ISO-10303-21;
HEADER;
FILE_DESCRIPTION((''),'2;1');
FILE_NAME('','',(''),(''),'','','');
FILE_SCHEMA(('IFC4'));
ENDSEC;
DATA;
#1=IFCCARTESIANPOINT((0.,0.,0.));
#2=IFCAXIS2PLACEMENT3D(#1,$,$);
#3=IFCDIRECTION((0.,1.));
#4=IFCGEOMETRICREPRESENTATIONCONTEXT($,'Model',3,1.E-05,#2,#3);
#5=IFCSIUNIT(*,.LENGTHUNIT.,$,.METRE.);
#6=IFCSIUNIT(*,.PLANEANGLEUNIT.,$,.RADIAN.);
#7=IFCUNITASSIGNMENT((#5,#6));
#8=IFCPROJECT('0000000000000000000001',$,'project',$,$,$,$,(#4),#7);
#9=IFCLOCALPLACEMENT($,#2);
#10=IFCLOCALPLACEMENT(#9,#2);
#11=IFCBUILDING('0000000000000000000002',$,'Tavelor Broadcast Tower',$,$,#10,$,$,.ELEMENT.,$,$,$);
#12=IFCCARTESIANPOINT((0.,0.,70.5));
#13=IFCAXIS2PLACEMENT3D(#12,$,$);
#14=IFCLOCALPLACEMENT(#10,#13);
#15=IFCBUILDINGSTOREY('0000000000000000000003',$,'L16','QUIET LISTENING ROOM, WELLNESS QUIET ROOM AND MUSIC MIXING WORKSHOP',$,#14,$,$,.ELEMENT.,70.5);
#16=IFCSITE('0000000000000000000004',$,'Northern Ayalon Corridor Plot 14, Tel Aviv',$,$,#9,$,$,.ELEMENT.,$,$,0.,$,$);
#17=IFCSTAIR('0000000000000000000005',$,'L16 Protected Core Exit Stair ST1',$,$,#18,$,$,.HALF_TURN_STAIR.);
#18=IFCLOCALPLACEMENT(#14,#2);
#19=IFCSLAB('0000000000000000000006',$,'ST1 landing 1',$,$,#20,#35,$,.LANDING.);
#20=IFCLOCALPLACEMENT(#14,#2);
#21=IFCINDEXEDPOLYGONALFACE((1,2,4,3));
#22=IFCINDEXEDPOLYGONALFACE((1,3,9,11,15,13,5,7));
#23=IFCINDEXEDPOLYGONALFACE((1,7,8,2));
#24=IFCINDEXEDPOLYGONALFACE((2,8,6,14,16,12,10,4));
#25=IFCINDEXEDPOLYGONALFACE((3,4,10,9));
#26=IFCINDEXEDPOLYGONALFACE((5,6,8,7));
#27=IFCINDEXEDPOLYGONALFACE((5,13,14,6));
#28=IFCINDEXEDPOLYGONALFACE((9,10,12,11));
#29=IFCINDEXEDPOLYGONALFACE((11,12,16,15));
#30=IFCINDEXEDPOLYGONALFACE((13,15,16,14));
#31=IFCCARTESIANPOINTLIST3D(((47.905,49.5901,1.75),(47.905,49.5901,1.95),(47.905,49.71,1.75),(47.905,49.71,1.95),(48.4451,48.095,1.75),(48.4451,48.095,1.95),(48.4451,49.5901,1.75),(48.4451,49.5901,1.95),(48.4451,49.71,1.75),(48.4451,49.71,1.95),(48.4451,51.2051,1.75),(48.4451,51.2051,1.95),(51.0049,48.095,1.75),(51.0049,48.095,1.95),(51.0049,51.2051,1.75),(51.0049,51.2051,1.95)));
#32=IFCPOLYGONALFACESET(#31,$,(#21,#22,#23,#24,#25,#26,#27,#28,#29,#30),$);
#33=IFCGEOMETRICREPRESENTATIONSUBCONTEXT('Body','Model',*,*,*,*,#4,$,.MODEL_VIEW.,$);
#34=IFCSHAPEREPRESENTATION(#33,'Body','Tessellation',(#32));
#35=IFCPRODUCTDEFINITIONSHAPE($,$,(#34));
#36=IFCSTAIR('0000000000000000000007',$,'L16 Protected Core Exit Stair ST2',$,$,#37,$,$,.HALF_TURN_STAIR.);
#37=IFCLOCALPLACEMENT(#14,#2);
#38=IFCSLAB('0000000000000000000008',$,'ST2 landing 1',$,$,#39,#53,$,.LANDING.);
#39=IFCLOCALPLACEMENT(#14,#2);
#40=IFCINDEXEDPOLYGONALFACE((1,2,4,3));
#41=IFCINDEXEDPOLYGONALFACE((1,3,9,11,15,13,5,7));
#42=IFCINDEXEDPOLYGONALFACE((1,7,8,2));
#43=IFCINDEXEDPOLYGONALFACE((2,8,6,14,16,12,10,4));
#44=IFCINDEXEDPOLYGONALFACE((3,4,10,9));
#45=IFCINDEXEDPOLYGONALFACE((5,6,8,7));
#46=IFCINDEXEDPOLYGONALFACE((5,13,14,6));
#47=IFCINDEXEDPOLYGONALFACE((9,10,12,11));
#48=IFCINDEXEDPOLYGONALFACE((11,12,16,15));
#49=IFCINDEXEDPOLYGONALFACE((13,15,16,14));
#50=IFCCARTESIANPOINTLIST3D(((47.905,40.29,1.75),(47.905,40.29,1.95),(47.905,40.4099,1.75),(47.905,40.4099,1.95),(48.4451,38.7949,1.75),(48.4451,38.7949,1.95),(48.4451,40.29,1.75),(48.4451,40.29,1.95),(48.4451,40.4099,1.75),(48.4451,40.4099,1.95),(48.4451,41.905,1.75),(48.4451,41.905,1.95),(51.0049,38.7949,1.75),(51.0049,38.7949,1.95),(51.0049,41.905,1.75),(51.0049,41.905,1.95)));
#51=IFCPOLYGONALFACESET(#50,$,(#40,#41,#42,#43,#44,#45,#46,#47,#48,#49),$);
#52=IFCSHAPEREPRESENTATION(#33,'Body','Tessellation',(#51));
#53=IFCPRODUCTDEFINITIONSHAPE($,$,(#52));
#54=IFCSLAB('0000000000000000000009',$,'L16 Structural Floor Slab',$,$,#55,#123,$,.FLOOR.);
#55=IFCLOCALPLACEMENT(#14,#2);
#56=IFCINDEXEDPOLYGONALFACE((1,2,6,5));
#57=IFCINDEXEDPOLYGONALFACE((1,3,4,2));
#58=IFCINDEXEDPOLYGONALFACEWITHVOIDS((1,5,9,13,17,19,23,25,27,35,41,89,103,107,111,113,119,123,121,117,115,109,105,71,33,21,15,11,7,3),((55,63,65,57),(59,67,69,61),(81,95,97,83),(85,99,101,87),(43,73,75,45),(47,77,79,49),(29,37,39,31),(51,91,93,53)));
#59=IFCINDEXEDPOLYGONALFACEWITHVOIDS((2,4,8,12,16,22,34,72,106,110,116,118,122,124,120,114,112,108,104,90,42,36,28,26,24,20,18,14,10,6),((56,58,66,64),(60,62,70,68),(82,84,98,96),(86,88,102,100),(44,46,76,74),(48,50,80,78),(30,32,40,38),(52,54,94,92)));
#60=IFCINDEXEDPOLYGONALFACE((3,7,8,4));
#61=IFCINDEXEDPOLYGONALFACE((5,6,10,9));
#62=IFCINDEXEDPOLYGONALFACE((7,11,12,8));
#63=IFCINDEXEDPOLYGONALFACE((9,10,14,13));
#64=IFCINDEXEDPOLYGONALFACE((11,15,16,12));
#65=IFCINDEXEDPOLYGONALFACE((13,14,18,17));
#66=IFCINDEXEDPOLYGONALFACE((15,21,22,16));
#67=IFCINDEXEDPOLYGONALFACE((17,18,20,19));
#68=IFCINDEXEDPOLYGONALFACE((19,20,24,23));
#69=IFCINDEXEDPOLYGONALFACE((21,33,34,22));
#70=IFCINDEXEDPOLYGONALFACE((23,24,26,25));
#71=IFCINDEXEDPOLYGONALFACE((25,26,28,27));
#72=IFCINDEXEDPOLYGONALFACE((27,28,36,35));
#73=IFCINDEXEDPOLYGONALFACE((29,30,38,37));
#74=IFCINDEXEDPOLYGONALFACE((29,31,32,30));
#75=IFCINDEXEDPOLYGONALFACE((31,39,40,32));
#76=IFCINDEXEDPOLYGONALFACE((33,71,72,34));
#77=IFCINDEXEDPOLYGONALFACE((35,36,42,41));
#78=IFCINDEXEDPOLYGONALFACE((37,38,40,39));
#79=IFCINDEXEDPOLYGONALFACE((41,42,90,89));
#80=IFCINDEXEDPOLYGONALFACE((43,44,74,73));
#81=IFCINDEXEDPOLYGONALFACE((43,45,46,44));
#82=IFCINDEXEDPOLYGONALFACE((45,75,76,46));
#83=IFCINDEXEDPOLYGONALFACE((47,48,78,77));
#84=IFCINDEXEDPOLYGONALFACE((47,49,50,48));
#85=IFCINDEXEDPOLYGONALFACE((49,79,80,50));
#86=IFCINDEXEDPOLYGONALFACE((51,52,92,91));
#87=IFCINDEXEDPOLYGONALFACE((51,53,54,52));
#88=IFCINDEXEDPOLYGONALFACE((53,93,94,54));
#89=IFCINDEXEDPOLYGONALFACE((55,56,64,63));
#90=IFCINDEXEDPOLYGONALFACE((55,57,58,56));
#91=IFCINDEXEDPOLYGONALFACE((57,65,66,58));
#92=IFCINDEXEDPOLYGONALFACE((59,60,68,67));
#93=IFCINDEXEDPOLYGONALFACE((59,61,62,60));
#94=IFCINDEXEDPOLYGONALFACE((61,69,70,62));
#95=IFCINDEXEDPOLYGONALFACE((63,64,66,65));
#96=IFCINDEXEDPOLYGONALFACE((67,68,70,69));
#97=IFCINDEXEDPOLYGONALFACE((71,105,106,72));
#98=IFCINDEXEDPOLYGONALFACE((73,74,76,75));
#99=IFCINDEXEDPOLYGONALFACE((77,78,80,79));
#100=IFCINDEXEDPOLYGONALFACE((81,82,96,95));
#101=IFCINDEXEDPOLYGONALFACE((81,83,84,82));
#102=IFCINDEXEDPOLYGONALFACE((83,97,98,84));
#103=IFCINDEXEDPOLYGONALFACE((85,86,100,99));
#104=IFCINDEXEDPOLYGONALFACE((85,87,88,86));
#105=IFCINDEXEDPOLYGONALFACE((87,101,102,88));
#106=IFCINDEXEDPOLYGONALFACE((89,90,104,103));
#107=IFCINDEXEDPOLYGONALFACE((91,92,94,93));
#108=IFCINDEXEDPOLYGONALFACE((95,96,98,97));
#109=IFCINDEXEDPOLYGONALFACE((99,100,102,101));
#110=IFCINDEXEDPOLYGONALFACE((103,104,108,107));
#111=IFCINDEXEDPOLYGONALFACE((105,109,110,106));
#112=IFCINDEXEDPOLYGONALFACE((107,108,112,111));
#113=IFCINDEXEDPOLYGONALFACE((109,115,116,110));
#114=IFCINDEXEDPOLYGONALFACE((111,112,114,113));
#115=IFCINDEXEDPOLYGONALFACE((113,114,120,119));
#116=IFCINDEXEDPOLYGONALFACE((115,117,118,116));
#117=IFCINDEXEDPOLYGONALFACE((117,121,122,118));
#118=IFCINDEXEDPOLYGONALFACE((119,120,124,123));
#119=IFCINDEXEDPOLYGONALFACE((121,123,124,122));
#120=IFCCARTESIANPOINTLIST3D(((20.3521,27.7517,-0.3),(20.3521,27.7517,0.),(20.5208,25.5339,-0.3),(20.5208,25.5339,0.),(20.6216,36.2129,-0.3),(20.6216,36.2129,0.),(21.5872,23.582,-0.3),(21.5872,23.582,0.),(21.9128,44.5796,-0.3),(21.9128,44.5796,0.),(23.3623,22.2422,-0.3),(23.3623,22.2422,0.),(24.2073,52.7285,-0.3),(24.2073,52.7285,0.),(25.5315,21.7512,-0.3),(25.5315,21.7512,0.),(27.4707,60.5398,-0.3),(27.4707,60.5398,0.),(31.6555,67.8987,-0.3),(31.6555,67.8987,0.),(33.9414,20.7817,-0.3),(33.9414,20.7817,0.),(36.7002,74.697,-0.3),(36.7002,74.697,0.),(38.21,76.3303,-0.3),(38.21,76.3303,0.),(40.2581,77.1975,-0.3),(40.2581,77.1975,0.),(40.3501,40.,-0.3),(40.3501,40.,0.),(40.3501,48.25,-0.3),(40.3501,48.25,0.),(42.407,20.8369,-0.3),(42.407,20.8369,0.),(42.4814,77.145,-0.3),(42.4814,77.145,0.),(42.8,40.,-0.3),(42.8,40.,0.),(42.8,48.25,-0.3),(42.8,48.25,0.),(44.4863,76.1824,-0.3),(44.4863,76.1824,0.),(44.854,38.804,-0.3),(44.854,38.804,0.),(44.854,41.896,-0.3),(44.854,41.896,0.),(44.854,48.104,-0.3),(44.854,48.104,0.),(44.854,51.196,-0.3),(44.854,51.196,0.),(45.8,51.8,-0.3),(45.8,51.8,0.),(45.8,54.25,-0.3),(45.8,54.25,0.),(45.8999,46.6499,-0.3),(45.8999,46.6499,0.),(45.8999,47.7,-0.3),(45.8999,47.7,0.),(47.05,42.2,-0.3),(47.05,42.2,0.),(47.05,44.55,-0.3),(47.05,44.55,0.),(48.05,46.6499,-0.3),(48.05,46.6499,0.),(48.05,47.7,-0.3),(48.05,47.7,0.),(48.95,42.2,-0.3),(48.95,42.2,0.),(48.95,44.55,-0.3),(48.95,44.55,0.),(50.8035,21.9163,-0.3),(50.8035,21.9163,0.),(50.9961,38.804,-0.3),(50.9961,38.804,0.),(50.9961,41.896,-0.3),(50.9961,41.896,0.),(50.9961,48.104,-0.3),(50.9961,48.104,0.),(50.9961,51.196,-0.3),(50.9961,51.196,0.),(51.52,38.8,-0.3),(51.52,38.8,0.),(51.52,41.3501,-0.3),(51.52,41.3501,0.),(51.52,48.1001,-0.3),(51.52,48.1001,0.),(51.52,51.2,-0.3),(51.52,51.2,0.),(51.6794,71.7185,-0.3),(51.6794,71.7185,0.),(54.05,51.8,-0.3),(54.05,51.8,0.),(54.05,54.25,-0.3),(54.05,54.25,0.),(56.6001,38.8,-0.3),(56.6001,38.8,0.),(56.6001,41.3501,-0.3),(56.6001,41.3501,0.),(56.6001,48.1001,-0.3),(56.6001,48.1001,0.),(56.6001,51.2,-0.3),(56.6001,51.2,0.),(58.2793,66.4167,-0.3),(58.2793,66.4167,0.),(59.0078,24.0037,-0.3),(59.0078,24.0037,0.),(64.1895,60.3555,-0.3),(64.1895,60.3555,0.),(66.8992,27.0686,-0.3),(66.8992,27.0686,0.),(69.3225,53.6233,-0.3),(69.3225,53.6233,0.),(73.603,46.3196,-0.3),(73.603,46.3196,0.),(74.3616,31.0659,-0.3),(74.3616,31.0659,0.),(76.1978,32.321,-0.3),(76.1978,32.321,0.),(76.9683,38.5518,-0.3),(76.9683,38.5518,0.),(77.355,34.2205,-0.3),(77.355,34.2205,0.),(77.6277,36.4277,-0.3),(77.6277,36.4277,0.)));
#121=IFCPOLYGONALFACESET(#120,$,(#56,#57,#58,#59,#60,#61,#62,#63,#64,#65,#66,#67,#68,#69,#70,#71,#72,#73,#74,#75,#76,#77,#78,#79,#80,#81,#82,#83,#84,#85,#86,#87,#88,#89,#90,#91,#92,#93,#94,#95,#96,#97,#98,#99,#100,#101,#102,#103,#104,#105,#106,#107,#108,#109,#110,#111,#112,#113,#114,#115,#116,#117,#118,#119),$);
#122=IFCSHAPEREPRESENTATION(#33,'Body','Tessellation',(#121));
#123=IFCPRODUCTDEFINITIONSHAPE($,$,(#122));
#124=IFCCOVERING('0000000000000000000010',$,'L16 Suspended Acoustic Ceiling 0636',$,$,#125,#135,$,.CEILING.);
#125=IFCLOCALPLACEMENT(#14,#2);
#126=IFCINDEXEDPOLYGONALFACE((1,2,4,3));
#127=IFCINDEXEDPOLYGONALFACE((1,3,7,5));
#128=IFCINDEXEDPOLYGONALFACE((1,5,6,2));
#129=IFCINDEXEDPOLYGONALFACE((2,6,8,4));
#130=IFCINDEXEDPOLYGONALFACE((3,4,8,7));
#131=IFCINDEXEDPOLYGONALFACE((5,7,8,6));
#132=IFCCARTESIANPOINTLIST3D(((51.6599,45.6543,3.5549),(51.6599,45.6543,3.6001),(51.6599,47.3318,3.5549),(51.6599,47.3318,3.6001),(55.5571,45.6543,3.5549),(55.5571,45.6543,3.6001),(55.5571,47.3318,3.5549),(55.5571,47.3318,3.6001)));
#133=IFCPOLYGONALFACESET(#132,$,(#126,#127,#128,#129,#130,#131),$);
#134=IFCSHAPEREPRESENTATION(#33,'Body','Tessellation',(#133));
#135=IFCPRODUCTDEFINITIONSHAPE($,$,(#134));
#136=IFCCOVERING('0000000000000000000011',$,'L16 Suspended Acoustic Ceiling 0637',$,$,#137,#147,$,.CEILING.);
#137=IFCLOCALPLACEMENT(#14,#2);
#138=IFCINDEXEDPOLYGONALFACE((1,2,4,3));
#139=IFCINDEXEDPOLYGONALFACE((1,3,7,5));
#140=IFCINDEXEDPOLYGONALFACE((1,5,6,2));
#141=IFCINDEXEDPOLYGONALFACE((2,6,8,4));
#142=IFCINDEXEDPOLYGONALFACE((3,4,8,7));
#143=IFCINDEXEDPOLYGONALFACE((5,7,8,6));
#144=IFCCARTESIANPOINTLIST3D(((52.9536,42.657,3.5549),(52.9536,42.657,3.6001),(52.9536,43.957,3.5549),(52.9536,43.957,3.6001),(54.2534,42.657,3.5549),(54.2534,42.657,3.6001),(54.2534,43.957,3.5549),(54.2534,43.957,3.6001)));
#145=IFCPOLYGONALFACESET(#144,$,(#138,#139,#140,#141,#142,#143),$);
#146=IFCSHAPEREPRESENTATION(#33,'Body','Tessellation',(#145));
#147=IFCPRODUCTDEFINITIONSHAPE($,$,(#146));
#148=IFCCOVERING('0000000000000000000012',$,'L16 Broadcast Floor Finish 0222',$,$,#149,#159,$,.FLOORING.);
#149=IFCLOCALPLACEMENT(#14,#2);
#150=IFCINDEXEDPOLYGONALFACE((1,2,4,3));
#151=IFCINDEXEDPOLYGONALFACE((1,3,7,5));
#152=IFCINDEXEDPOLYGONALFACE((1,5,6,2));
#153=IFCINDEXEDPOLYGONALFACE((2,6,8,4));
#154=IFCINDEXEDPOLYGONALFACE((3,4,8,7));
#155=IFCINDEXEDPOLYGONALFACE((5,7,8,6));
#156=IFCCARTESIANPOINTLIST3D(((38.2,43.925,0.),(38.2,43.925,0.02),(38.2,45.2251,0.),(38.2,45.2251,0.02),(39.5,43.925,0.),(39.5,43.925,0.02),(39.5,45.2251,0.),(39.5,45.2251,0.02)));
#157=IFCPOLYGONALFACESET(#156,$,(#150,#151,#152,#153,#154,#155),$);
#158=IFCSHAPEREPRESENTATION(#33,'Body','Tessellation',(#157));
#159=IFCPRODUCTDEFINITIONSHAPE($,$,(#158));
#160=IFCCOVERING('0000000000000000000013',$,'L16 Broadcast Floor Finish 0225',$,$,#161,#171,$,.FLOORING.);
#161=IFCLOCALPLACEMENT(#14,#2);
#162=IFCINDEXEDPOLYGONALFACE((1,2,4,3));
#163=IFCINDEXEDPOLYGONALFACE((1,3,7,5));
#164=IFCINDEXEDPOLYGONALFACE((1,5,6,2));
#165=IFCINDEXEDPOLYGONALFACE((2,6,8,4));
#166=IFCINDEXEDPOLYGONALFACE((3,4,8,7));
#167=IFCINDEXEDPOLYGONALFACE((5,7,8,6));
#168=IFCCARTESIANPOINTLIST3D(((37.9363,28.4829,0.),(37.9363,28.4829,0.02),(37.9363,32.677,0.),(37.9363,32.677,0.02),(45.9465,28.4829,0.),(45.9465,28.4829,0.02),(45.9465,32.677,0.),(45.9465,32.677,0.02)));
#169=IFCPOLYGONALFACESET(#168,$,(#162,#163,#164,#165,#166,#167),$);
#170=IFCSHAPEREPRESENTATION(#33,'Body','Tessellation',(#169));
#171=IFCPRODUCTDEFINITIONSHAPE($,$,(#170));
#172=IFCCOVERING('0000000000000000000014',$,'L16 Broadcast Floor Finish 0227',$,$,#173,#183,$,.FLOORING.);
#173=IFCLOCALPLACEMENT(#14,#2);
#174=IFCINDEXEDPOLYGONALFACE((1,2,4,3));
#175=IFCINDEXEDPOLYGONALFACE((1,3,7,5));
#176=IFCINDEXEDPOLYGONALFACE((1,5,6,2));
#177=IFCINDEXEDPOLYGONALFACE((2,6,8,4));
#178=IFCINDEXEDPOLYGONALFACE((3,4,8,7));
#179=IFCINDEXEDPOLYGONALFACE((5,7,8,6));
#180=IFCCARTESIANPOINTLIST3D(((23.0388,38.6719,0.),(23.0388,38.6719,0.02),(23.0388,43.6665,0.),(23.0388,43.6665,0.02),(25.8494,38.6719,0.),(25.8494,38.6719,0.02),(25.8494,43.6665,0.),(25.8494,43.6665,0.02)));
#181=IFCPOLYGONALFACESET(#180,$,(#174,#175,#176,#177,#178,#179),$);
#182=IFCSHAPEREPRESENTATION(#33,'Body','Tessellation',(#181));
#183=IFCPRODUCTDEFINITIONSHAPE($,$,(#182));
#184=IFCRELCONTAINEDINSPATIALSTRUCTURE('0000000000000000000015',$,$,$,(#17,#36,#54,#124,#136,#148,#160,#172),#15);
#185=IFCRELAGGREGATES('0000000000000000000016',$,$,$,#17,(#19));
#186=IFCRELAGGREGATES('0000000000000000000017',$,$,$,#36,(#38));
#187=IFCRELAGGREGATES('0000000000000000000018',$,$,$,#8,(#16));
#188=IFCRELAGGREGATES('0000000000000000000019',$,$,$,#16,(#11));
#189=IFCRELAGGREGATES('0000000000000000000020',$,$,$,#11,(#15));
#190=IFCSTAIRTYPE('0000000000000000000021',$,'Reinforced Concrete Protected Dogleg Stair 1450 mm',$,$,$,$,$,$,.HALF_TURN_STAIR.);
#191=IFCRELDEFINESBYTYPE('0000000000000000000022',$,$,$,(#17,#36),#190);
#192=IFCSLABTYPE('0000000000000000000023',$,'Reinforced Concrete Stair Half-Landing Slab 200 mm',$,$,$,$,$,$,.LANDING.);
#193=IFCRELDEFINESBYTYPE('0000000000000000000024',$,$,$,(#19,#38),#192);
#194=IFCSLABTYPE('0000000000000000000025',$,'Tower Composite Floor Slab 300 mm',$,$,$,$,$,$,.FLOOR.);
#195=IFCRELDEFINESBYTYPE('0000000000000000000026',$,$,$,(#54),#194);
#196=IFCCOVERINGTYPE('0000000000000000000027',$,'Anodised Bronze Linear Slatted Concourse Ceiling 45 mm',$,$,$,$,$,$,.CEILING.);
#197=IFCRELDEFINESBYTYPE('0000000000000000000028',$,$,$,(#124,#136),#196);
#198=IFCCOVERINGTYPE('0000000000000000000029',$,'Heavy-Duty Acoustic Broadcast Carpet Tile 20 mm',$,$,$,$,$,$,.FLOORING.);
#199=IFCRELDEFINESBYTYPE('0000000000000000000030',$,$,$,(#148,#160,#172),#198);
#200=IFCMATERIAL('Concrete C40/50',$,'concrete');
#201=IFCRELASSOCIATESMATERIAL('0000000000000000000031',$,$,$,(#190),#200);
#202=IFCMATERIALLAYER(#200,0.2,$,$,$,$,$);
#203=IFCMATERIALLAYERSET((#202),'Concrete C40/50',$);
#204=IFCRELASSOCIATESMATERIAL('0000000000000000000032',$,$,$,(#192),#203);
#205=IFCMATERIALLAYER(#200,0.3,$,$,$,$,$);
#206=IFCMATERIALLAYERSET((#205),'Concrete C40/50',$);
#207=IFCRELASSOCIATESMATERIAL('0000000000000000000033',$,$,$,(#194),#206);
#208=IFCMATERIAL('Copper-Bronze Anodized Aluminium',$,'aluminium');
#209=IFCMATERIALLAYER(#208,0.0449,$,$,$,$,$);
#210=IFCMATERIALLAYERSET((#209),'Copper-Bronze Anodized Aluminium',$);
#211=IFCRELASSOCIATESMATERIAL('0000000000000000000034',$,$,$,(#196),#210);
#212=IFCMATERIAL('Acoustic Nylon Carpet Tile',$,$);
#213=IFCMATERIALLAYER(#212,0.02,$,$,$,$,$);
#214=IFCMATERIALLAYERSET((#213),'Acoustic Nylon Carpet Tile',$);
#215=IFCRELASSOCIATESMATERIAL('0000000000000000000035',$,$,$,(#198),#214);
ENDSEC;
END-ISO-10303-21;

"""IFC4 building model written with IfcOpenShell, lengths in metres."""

from ifc_helpers import new_model, si_unit, direction, frame, origin, place, context, subcontext, project, spatial, polyline, outline, extrude, material, layer, layer_set, type_object, element, aggregate, save


model = new_model("IFC4")

# Units and contexts
model_context = context("Model", 3, precision=1e-05, world=origin(), true_north=direction((0.0, 1.0)))
body_context = subcontext(model_context, "Body", "Model", "MODEL_VIEW")
ifc_project = project(units=[si_unit("LENGTHUNIT", "METRE"), si_unit("PLANEANGLEUNIT", "RADIAN")], contexts=[model_context])

# Site, building, storey
site_placement = place(None, origin())
site = spatial("IfcSite", under=ifc_project, at=site_placement, Name="Northern Ayalon Corridor Plot 14, Tel Aviv", CompositionType="ELEMENT", RefElevation=0.0)
building_placement = place(site_placement, origin())
building = spatial("IfcBuilding", under=site, at=building_placement, Name="Tavelor Broadcast Tower", CompositionType="ELEMENT")
storey_placement = place(building_placement, frame((0.0, 0.0, 70.5)))
storey = spatial("IfcBuildingStorey", under=building, at=storey_placement, Name="L16", Description="QUIET LISTENING ROOM, WELLNESS QUIET ROOM AND MUSIC MIXING WORKSHOP", CompositionType="ELEMENT", Elevation=70.5)

# Stairs, slabs
ifc_material_1 = material(Name="Concrete C40/50", Category="concrete")
stair_type = type_object("IfcStairType", Name="Reinforced Concrete Protected Dogleg Stair 1450 mm", PredefinedType="HALF_TURN_STAIR", material=ifc_material_1)
stair_1_placement = place(storey_placement, origin())
stair_1 = element("IfcStair", 1, at=stair_1_placement, inside=storey, type_object=stair_type, Name="L16 Protected Core Exit Stair ST1", PredefinedType="HALF_TURN_STAIR")
ifc_layer_1 = layer(ifc_material_1, 0.2)
ifc_layer_set_1 = layer_set([ifc_layer_1], Name="Concrete C40/50")
slab_type_1 = type_object("IfcSlabType", Name="Reinforced Concrete Stair Half-Landing Slab 200 mm", PredefinedType="LANDING", material=ifc_layer_set_1)
slab_1_placement = place(storey_placement, frame((0.0, 0.0, 1.75)))
slab_1 = element("IfcSlab", 2, at=slab_1_placement, type_object=slab_type_1, Name="ST1 landing 1", PredefinedType="LANDING", context=body_context, shape_type="SweptSolid", body=[
    extrude(outline(polyline([(48.4451, 49.5901), (48.4451, 48.095), (51.0049, 48.095), (51.0049, 51.2051), (48.4451, 51.2051), (48.4451, 49.71), (47.905, 49.71), (47.905, 49.5901), (48.4451, 49.5901)])), origin(), (0.0, 0.0, 1.0), 0.2),
])
aggregate(stair_1, [slab_1])
stair_2_placement = place(storey_placement, origin())
stair_2 = element("IfcStair", 3, at=stair_2_placement, inside=storey, type_object=stair_type, Name="L16 Protected Core Exit Stair ST2", PredefinedType="HALF_TURN_STAIR")
slab_2_placement = place(storey_placement, frame((0.0, 0.0, 1.75)))
slab_2 = element("IfcSlab", 4, at=slab_2_placement, type_object=slab_type_1, Name="ST2 landing 1", PredefinedType="LANDING", context=body_context, shape_type="SweptSolid", body=[
    extrude(outline(polyline([(48.4451, 40.29), (48.4451, 38.7949), (51.0049, 38.7949), (51.0049, 41.905), (48.4451, 41.905), (48.4451, 40.4099), (47.905, 40.4099), (47.905, 40.29), (48.4451, 40.29)])), origin(), (0.0, 0.0, 1.0), 0.2),
])
aggregate(stair_2, [slab_2])

# Slab
ifc_layer_2 = layer(ifc_material_1, 0.3)
ifc_layer_set_2 = layer_set([ifc_layer_2], Name="Concrete C40/50")
slab_type_2 = type_object("IfcSlabType", Name="Tower Composite Floor Slab 300 mm", PredefinedType="FLOOR", material=ifc_layer_set_2)
slab_3_placement = place(storey_placement, frame((0.0, 0.0, -0.3)))
element("IfcSlab", 5, at=slab_3_placement, inside=storey, type_object=slab_type_2, Name="L16 Structural Floor Slab", PredefinedType="FLOOR", context=body_context, shape_type="SweptSolid", body=[
    extrude(outline(polyline([(44.4863, 76.1824), (42.4814, 77.145), (40.2581, 77.1975), (38.21, 76.3303), (36.7002, 74.697), (31.6555, 67.8987), (27.4707, 60.5398), (24.2073, 52.7285), (21.9128, 44.5796), (20.6216, 36.2129), (20.3521, 27.7517), (20.5208, 25.5339), (21.5872, 23.582), (23.3623, 22.2422), (25.5315, 21.7512), (33.9414, 20.7817), (42.407, 20.8369), (50.8035, 21.9163), (59.0078, 24.0037), (66.8992, 27.0686), (74.3616, 31.0659), (76.1978, 32.321), (77.355, 34.2205), (77.6277, 36.4277), (76.9683, 38.5518), (73.603, 46.3196), (69.3225, 53.6233), (64.1895, 60.3555), (58.2793, 66.4167), (51.6794, 71.7185), (44.4863, 76.1824)]), holes=[polyline([(56.6001, 38.8), (51.52, 38.8), (51.52, 41.3501), (56.6001, 41.3501), (56.6001, 38.8)]), polyline([(50.9961, 38.804), (44.854, 38.804), (44.854, 41.896), (50.9961, 41.896), (50.9961, 38.804)]), polyline([(47.05, 42.2), (47.05, 44.55), (48.95, 44.55), (48.95, 42.2), (47.05, 42.2)]), polyline([(40.3501, 40.0), (40.3501, 48.25), (42.8, 48.25), (42.8, 40.0), (40.3501, 40.0)]), polyline([(48.05, 46.6499), (45.8999, 46.6499), (45.8999, 47.7), (48.05, 47.7), (48.05, 46.6499)]), polyline([(50.9961, 48.104), (44.854, 48.104), (44.854, 51.196), (50.9961, 51.196), (50.9961, 48.104)]), polyline([(56.6001, 48.1001), (51.52, 48.1001), (51.52, 51.2), (56.6001, 51.2), (56.6001, 48.1001)]), polyline([(54.05, 51.8), (45.8, 51.8), (45.8, 54.25), (54.05, 54.25), (54.05, 51.8)])]), origin(), (0.0, 0.0, 1.0), 0.3),
])

# Coverings
ifc_material_2 = material(Name="Copper-Bronze Anodized Aluminium", Category="aluminium")
ifc_layer_3 = layer(ifc_material_2, 0.0449)
ifc_layer_set_3 = layer_set([ifc_layer_3], Name="Copper-Bronze Anodized Aluminium")
covering_type_1 = type_object("IfcCoveringType", Name="Anodised Bronze Linear Slatted Concourse Ceiling 45 mm", PredefinedType="CEILING", material=ifc_layer_set_3)
covering_1_placement = place(storey_placement, frame((0.0, 0.0, 3.5549)))
element("IfcCovering", 6, at=covering_1_placement, inside=storey, type_object=covering_type_1, Name="L16 Suspended Acoustic Ceiling 0636", PredefinedType="CEILING", context=body_context, shape_type="SweptSolid", body=[
    extrude(outline(polyline([(51.6599, 45.6543), (55.5571, 45.6543), (55.5571, 47.3318), (51.6599, 47.3318), (51.6599, 45.6543)])), origin(), (0.0, 0.0, 1.0), 0.0452),
])
covering_2_placement = place(storey_placement, frame((0.0, 0.0, 3.5549)))
element("IfcCovering", 7, at=covering_2_placement, inside=storey, type_object=covering_type_1, Name="L16 Suspended Acoustic Ceiling 0637", PredefinedType="CEILING", context=body_context, shape_type="SweptSolid", body=[
    extrude(outline(polyline([(52.9536, 42.657), (54.2534, 42.657), (54.2534, 43.957), (52.9536, 43.957), (52.9536, 42.657)])), origin(), (0.0, 0.0, 1.0), 0.0452),
])
ifc_material_3 = material(Name="Acoustic Nylon Carpet Tile")
ifc_layer_4 = layer(ifc_material_3, 0.02)
ifc_layer_set_4 = layer_set([ifc_layer_4], Name="Acoustic Nylon Carpet Tile")
covering_type_2 = type_object("IfcCoveringType", Name="Heavy-Duty Acoustic Broadcast Carpet Tile 20 mm", PredefinedType="FLOORING", material=ifc_layer_set_4)
covering_3_placement = place(storey_placement, origin())
element("IfcCovering", 8, at=covering_3_placement, inside=storey, type_object=covering_type_2, Name="L16 Broadcast Floor Finish 0222", PredefinedType="FLOORING", context=body_context, shape_type="SweptSolid", body=[
    extrude(outline(polyline([(38.2, 43.925), (39.5, 43.925), (39.5, 45.2251), (38.2, 45.2251), (38.2, 43.925)])), origin(), (0.0, 0.0, 1.0), 0.02),
])
covering_4_placement = place(storey_placement, origin())
element("IfcCovering", 9, at=covering_4_placement, inside=storey, type_object=covering_type_2, Name="L16 Broadcast Floor Finish 0225", PredefinedType="FLOORING", context=body_context, shape_type="SweptSolid", body=[
    extrude(outline(polyline([(37.9363, 28.4829), (45.9465, 28.4829), (45.9465, 32.677), (37.9363, 32.677), (37.9363, 28.4829)])), origin(), (0.0, 0.0, 1.0), 0.02),
])
covering_5_placement = place(storey_placement, origin())
element("IfcCovering", 10, at=covering_5_placement, inside=storey, type_object=covering_type_2, Name="L16 Broadcast Floor Finish 0227", PredefinedType="FLOORING", context=body_context, shape_type="SweptSolid", body=[
    extrude(outline(polyline([(23.0388, 38.6719), (25.8494, 38.6719), (25.8494, 43.6665), (23.0388, 43.6665), (23.0388, 38.6719)])), origin(), (0.0, 0.0, 1.0), 0.02),
])

save(model, "model.ifc")
